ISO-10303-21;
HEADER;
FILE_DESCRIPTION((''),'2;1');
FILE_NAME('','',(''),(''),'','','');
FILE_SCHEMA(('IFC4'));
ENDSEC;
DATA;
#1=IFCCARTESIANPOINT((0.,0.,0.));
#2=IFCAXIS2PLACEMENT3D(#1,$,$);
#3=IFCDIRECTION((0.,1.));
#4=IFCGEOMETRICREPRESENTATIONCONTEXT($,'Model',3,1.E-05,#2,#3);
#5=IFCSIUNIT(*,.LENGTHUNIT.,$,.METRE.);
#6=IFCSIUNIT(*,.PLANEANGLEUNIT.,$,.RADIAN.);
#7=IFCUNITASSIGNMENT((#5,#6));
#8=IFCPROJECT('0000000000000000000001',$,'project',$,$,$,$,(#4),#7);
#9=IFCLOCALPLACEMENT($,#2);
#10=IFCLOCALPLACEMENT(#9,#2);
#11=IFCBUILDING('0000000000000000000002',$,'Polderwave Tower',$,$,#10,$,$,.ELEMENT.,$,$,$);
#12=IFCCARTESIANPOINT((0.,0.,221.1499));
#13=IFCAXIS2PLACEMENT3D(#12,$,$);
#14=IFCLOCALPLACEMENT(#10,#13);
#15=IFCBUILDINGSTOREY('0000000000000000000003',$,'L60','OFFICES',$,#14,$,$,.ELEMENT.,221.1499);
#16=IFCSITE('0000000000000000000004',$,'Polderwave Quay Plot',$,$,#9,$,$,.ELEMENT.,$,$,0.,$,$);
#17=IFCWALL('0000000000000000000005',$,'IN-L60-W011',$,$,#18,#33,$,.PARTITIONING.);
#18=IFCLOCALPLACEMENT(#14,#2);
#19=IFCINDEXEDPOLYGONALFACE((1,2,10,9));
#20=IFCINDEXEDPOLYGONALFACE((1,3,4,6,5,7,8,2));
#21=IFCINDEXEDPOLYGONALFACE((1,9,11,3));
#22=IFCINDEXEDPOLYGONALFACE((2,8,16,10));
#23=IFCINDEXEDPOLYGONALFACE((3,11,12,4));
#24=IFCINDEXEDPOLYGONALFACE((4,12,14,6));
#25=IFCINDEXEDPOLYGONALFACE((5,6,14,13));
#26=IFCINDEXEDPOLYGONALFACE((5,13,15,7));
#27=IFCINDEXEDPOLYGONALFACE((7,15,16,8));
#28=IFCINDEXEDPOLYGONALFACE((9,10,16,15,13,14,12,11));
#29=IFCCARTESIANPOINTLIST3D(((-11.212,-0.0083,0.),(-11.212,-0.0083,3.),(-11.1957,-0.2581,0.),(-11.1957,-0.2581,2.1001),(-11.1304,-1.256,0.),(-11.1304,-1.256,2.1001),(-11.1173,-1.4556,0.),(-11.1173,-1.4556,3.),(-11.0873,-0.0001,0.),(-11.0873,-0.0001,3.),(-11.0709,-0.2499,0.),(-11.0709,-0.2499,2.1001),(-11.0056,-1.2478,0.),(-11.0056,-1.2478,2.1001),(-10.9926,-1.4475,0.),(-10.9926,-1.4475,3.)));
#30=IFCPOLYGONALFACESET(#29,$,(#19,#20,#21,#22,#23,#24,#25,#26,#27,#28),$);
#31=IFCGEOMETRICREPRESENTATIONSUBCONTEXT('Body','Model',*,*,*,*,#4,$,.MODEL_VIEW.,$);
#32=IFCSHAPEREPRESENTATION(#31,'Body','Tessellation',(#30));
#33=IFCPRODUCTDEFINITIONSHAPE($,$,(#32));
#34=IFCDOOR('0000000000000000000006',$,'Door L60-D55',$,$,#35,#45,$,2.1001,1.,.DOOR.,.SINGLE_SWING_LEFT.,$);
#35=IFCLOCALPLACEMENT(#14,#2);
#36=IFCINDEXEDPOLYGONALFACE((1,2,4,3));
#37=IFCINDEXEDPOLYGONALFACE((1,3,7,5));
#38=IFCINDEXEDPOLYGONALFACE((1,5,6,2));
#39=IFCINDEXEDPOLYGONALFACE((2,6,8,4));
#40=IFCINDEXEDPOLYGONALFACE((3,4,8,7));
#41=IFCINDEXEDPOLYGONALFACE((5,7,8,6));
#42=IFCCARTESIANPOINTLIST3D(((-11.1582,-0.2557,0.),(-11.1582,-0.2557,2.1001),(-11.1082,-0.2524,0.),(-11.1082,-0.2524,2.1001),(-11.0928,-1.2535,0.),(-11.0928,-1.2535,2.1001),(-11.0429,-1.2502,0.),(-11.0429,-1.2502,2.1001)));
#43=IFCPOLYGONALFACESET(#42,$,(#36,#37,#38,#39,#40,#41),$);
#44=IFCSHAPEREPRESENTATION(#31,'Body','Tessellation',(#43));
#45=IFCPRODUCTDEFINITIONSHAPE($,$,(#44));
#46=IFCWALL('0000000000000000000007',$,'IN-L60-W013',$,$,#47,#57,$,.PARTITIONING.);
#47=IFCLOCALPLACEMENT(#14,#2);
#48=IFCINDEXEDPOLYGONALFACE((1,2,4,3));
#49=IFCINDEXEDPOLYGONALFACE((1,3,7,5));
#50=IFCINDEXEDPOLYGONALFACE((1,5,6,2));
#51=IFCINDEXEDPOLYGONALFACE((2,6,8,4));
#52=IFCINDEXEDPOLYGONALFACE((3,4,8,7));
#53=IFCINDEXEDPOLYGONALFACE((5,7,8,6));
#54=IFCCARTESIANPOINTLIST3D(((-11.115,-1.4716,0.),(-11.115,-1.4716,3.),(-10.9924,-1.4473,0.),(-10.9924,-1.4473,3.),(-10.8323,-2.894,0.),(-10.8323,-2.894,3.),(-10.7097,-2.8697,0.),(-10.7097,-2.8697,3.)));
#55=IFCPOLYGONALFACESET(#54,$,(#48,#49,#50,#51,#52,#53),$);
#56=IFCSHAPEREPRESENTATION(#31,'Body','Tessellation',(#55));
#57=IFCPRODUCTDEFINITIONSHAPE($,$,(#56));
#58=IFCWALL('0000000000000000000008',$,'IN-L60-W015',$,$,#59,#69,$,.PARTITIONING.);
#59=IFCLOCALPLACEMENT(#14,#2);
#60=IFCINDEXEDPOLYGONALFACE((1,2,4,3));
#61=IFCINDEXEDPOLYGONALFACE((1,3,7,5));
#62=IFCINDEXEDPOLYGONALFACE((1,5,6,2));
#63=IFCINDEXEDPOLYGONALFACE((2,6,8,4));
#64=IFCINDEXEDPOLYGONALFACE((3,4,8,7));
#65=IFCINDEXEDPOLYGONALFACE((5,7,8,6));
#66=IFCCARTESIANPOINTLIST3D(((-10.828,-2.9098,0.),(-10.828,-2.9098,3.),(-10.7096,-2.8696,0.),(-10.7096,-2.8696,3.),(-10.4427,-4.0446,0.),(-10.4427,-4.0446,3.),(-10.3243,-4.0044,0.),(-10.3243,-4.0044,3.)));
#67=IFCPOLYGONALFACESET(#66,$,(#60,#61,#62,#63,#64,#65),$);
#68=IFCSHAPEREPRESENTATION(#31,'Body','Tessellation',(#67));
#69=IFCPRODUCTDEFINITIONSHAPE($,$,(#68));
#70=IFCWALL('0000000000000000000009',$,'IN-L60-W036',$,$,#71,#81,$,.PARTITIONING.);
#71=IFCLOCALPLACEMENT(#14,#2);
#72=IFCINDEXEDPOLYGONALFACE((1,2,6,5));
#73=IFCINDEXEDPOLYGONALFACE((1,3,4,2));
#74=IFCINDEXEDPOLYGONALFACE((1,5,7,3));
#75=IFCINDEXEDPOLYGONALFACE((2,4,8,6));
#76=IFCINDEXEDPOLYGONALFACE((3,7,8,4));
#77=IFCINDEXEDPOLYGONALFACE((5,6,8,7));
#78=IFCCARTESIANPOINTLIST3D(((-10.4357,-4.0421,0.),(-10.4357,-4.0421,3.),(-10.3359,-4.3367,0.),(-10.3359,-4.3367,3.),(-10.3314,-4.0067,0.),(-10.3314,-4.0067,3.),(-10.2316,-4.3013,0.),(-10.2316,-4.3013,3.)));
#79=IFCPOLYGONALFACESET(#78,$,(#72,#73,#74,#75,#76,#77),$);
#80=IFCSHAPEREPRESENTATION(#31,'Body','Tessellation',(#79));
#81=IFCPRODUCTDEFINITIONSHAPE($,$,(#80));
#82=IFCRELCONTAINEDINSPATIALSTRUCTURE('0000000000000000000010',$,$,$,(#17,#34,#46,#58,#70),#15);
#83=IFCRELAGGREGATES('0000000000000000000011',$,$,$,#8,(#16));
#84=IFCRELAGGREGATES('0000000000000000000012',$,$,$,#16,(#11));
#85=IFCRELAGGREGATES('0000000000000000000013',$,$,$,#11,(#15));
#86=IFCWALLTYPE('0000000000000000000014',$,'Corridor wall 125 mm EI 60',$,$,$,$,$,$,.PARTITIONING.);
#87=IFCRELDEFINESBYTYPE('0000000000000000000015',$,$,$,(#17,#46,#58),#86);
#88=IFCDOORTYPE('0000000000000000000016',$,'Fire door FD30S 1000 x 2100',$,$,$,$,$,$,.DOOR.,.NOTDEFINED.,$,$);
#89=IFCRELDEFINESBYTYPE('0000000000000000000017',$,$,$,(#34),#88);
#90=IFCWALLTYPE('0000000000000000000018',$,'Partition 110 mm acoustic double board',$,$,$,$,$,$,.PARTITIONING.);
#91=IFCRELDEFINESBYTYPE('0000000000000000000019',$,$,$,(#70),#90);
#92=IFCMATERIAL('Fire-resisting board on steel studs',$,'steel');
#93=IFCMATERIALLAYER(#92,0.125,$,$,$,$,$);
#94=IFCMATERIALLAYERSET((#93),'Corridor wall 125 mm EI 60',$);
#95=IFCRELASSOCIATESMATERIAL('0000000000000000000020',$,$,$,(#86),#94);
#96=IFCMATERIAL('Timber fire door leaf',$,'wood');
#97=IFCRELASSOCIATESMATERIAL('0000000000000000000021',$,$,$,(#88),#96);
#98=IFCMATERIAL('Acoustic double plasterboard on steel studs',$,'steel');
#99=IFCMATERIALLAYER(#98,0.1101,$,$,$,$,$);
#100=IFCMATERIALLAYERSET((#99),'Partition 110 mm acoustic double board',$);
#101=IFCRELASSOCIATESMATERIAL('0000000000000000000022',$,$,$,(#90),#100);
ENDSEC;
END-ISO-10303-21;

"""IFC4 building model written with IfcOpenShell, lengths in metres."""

from ifc_helpers import new_model, si_unit, direction, frame, frame_2d, origin, place, context, subcontext, project, spatial, rectangle, extrude, material, layer, layer_set, type_object, element, fill, save


model = new_model("IFC4")

# Units and contexts
model_context = context("Model", 3, precision=1e-05, world=origin(), true_north=direction((0.0, 1.0)))
body_context = subcontext(model_context, "Body", "Model", "MODEL_VIEW")
ifc_project = project(units=[si_unit("LENGTHUNIT", "METRE"), si_unit("PLANEANGLEUNIT", "RADIAN")], contexts=[model_context])

# Site, building, storey
site_placement = place(None, origin())
site = spatial("IfcSite", under=ifc_project, at=site_placement, Name="Polderwave Quay Plot", CompositionType="ELEMENT", RefElevation=0.0)
building_placement = place(site_placement, origin())
building = spatial("IfcBuilding", under=site, at=building_placement, Name="Polderwave Tower", CompositionType="ELEMENT")
storey_placement = place(building_placement, frame((0.0, 0.0, 221.1499)))
storey = spatial("IfcBuildingStorey", under=building, at=storey_placement, Name="L60", Description="OFFICES", CompositionType="ELEMENT", Elevation=221.1499)

# Wall, opening, door
ifc_material_1 = material(Name="Fire-resisting board on steel studs", Category="steel")
ifc_layer_1 = layer(ifc_material_1, 0.125)
ifc_layer_set_1 = layer_set([ifc_layer_1], Name="Corridor wall 125 mm EI 60")
wall_type_1 = type_object("IfcWallType", Name="Corridor wall 125 mm EI 60", PredefinedType="PARTITIONING", material=ifc_layer_set_1)
wall_1_placement = place(storey_placement, frame((-11.0549, -1.4514, 0.0), z_axis=(0.0, 0.0, 1.0), x_axis=(-0.065312, 0.997865, 0.0)))
wall_1 = element("IfcWall", 1, at=wall_1_placement, inside=storey, type_object=wall_type_1, Name="IN-L60-W011", PredefinedType="PARTITIONING", context=body_context, shape_type="SweptSolid", body=[
    extrude(rectangle(XDim=1.4504, YDim=0.125, at=frame_2d((0.7251, 0.0))), origin(), (0.0, 0.0, 1.0), 3.0),
])
opening_placement = place(wall_1_placement, frame((0.2, 0.0, 0.0)))
opening = element("IfcOpeningElement", 2, at=opening_placement, cuts=wall_1, PredefinedType="OPENING", context=body_context, shape_type="SweptSolid", body=[
    extrude(rectangle(XDim=1.0, YDim=2.1001, at=frame_2d((0.5, 1.05))), frame((0.0, 0.0725, 0.0), z_axis=(0.0, -1.0, 0.0), x_axis=(1.0, 0.0, 0.0)), (0.0, 0.0, 1.0), 0.145),
])
ifc_material_2 = material(Name="Timber fire door leaf", Category="wood")
door_type = type_object("IfcDoorType", Name="Fire door FD30S 1000 x 2100", OperationType="NOTDEFINED", PredefinedType="DOOR", material=ifc_material_2)
door_placement = place(opening_placement, origin())
door = element("IfcDoor", 3, at=door_placement, inside=storey, type_object=door_type, Name="Door L60-D55", OperationType="SINGLE_SWING_LEFT", OverallHeight=2.1001, OverallWidth=1.0, PredefinedType="DOOR", context=body_context, shape_type="SweptSolid", body=[
    extrude(rectangle(XDim=1.0, YDim=2.1001, at=frame_2d((0.5, 1.05))), frame((0.0, 0.0249, 0.0), z_axis=(0.0, -1.0, 0.0), x_axis=(1.0, 0.0, 0.0)), (0.0, 0.0, 1.0), 0.05),
])
fill(opening, door)

# Walls
wall_2_placement = place(storey_placement, frame((-10.771, -2.8818, 0.0), z_axis=(0.0, 0.0, 1.0), x_axis=(-0.19495, 0.980813, 0.0)))
element("IfcWall", 4, at=wall_2_placement, inside=storey, type_object=wall_type_1, Name="IN-L60-W013", PredefinedType="PARTITIONING", context=body_context, shape_type="SweptSolid", body=[
    extrude(rectangle(XDim=1.4502, YDim=0.125, at=frame_2d((0.7251, 0.0))), origin(), (0.0, 0.0, 1.0), 3.0),
])
wall_3_placement = place(storey_placement, frame((-10.3835, -4.0244, 0.0), z_axis=(0.0, 0.0, 1.0), x_axis=(-0.321479, 0.946917, 0.0)))
element("IfcWall", 5, at=wall_3_placement, inside=storey, type_object=wall_type_1, Name="IN-L60-W015", PredefinedType="PARTITIONING", context=body_context, shape_type="SweptSolid", body=[
    extrude(rectangle(XDim=1.1985, YDim=0.125, at=frame_2d((0.5991, 0.0))), origin(), (0.0, 0.0, 1.0), 3.0),
])
ifc_material_3 = material(Name="Acoustic double plasterboard on steel studs", Category="steel")
ifc_layer_2 = layer(ifc_material_3, 0.1101)
ifc_layer_set_2 = layer_set([ifc_layer_2], Name="Partition 110 mm acoustic double board")
wall_type_2 = type_object("IfcWallType", Name="Partition 110 mm acoustic double board", PredefinedType="PARTITIONING", material=ifc_layer_set_2)
wall_4_placement = place(storey_placement, frame((-10.3835, -4.0244, 0.0), z_axis=(0.0, 0.0, 1.0), x_axis=(0.320932, -0.947102, 0.0)))
element("IfcWall", 6, at=wall_4_placement, inside=storey, type_object=wall_type_2, Name="IN-L60-W036", PredefinedType="PARTITIONING", context=body_context, shape_type="SweptSolid", body=[
    extrude(rectangle(XDim=0.311, YDim=0.1101, at=frame_2d((0.1555, 0.0))), origin(), (0.0, 0.0, 1.0), 3.0),
])

save(model, "model.ifc")
